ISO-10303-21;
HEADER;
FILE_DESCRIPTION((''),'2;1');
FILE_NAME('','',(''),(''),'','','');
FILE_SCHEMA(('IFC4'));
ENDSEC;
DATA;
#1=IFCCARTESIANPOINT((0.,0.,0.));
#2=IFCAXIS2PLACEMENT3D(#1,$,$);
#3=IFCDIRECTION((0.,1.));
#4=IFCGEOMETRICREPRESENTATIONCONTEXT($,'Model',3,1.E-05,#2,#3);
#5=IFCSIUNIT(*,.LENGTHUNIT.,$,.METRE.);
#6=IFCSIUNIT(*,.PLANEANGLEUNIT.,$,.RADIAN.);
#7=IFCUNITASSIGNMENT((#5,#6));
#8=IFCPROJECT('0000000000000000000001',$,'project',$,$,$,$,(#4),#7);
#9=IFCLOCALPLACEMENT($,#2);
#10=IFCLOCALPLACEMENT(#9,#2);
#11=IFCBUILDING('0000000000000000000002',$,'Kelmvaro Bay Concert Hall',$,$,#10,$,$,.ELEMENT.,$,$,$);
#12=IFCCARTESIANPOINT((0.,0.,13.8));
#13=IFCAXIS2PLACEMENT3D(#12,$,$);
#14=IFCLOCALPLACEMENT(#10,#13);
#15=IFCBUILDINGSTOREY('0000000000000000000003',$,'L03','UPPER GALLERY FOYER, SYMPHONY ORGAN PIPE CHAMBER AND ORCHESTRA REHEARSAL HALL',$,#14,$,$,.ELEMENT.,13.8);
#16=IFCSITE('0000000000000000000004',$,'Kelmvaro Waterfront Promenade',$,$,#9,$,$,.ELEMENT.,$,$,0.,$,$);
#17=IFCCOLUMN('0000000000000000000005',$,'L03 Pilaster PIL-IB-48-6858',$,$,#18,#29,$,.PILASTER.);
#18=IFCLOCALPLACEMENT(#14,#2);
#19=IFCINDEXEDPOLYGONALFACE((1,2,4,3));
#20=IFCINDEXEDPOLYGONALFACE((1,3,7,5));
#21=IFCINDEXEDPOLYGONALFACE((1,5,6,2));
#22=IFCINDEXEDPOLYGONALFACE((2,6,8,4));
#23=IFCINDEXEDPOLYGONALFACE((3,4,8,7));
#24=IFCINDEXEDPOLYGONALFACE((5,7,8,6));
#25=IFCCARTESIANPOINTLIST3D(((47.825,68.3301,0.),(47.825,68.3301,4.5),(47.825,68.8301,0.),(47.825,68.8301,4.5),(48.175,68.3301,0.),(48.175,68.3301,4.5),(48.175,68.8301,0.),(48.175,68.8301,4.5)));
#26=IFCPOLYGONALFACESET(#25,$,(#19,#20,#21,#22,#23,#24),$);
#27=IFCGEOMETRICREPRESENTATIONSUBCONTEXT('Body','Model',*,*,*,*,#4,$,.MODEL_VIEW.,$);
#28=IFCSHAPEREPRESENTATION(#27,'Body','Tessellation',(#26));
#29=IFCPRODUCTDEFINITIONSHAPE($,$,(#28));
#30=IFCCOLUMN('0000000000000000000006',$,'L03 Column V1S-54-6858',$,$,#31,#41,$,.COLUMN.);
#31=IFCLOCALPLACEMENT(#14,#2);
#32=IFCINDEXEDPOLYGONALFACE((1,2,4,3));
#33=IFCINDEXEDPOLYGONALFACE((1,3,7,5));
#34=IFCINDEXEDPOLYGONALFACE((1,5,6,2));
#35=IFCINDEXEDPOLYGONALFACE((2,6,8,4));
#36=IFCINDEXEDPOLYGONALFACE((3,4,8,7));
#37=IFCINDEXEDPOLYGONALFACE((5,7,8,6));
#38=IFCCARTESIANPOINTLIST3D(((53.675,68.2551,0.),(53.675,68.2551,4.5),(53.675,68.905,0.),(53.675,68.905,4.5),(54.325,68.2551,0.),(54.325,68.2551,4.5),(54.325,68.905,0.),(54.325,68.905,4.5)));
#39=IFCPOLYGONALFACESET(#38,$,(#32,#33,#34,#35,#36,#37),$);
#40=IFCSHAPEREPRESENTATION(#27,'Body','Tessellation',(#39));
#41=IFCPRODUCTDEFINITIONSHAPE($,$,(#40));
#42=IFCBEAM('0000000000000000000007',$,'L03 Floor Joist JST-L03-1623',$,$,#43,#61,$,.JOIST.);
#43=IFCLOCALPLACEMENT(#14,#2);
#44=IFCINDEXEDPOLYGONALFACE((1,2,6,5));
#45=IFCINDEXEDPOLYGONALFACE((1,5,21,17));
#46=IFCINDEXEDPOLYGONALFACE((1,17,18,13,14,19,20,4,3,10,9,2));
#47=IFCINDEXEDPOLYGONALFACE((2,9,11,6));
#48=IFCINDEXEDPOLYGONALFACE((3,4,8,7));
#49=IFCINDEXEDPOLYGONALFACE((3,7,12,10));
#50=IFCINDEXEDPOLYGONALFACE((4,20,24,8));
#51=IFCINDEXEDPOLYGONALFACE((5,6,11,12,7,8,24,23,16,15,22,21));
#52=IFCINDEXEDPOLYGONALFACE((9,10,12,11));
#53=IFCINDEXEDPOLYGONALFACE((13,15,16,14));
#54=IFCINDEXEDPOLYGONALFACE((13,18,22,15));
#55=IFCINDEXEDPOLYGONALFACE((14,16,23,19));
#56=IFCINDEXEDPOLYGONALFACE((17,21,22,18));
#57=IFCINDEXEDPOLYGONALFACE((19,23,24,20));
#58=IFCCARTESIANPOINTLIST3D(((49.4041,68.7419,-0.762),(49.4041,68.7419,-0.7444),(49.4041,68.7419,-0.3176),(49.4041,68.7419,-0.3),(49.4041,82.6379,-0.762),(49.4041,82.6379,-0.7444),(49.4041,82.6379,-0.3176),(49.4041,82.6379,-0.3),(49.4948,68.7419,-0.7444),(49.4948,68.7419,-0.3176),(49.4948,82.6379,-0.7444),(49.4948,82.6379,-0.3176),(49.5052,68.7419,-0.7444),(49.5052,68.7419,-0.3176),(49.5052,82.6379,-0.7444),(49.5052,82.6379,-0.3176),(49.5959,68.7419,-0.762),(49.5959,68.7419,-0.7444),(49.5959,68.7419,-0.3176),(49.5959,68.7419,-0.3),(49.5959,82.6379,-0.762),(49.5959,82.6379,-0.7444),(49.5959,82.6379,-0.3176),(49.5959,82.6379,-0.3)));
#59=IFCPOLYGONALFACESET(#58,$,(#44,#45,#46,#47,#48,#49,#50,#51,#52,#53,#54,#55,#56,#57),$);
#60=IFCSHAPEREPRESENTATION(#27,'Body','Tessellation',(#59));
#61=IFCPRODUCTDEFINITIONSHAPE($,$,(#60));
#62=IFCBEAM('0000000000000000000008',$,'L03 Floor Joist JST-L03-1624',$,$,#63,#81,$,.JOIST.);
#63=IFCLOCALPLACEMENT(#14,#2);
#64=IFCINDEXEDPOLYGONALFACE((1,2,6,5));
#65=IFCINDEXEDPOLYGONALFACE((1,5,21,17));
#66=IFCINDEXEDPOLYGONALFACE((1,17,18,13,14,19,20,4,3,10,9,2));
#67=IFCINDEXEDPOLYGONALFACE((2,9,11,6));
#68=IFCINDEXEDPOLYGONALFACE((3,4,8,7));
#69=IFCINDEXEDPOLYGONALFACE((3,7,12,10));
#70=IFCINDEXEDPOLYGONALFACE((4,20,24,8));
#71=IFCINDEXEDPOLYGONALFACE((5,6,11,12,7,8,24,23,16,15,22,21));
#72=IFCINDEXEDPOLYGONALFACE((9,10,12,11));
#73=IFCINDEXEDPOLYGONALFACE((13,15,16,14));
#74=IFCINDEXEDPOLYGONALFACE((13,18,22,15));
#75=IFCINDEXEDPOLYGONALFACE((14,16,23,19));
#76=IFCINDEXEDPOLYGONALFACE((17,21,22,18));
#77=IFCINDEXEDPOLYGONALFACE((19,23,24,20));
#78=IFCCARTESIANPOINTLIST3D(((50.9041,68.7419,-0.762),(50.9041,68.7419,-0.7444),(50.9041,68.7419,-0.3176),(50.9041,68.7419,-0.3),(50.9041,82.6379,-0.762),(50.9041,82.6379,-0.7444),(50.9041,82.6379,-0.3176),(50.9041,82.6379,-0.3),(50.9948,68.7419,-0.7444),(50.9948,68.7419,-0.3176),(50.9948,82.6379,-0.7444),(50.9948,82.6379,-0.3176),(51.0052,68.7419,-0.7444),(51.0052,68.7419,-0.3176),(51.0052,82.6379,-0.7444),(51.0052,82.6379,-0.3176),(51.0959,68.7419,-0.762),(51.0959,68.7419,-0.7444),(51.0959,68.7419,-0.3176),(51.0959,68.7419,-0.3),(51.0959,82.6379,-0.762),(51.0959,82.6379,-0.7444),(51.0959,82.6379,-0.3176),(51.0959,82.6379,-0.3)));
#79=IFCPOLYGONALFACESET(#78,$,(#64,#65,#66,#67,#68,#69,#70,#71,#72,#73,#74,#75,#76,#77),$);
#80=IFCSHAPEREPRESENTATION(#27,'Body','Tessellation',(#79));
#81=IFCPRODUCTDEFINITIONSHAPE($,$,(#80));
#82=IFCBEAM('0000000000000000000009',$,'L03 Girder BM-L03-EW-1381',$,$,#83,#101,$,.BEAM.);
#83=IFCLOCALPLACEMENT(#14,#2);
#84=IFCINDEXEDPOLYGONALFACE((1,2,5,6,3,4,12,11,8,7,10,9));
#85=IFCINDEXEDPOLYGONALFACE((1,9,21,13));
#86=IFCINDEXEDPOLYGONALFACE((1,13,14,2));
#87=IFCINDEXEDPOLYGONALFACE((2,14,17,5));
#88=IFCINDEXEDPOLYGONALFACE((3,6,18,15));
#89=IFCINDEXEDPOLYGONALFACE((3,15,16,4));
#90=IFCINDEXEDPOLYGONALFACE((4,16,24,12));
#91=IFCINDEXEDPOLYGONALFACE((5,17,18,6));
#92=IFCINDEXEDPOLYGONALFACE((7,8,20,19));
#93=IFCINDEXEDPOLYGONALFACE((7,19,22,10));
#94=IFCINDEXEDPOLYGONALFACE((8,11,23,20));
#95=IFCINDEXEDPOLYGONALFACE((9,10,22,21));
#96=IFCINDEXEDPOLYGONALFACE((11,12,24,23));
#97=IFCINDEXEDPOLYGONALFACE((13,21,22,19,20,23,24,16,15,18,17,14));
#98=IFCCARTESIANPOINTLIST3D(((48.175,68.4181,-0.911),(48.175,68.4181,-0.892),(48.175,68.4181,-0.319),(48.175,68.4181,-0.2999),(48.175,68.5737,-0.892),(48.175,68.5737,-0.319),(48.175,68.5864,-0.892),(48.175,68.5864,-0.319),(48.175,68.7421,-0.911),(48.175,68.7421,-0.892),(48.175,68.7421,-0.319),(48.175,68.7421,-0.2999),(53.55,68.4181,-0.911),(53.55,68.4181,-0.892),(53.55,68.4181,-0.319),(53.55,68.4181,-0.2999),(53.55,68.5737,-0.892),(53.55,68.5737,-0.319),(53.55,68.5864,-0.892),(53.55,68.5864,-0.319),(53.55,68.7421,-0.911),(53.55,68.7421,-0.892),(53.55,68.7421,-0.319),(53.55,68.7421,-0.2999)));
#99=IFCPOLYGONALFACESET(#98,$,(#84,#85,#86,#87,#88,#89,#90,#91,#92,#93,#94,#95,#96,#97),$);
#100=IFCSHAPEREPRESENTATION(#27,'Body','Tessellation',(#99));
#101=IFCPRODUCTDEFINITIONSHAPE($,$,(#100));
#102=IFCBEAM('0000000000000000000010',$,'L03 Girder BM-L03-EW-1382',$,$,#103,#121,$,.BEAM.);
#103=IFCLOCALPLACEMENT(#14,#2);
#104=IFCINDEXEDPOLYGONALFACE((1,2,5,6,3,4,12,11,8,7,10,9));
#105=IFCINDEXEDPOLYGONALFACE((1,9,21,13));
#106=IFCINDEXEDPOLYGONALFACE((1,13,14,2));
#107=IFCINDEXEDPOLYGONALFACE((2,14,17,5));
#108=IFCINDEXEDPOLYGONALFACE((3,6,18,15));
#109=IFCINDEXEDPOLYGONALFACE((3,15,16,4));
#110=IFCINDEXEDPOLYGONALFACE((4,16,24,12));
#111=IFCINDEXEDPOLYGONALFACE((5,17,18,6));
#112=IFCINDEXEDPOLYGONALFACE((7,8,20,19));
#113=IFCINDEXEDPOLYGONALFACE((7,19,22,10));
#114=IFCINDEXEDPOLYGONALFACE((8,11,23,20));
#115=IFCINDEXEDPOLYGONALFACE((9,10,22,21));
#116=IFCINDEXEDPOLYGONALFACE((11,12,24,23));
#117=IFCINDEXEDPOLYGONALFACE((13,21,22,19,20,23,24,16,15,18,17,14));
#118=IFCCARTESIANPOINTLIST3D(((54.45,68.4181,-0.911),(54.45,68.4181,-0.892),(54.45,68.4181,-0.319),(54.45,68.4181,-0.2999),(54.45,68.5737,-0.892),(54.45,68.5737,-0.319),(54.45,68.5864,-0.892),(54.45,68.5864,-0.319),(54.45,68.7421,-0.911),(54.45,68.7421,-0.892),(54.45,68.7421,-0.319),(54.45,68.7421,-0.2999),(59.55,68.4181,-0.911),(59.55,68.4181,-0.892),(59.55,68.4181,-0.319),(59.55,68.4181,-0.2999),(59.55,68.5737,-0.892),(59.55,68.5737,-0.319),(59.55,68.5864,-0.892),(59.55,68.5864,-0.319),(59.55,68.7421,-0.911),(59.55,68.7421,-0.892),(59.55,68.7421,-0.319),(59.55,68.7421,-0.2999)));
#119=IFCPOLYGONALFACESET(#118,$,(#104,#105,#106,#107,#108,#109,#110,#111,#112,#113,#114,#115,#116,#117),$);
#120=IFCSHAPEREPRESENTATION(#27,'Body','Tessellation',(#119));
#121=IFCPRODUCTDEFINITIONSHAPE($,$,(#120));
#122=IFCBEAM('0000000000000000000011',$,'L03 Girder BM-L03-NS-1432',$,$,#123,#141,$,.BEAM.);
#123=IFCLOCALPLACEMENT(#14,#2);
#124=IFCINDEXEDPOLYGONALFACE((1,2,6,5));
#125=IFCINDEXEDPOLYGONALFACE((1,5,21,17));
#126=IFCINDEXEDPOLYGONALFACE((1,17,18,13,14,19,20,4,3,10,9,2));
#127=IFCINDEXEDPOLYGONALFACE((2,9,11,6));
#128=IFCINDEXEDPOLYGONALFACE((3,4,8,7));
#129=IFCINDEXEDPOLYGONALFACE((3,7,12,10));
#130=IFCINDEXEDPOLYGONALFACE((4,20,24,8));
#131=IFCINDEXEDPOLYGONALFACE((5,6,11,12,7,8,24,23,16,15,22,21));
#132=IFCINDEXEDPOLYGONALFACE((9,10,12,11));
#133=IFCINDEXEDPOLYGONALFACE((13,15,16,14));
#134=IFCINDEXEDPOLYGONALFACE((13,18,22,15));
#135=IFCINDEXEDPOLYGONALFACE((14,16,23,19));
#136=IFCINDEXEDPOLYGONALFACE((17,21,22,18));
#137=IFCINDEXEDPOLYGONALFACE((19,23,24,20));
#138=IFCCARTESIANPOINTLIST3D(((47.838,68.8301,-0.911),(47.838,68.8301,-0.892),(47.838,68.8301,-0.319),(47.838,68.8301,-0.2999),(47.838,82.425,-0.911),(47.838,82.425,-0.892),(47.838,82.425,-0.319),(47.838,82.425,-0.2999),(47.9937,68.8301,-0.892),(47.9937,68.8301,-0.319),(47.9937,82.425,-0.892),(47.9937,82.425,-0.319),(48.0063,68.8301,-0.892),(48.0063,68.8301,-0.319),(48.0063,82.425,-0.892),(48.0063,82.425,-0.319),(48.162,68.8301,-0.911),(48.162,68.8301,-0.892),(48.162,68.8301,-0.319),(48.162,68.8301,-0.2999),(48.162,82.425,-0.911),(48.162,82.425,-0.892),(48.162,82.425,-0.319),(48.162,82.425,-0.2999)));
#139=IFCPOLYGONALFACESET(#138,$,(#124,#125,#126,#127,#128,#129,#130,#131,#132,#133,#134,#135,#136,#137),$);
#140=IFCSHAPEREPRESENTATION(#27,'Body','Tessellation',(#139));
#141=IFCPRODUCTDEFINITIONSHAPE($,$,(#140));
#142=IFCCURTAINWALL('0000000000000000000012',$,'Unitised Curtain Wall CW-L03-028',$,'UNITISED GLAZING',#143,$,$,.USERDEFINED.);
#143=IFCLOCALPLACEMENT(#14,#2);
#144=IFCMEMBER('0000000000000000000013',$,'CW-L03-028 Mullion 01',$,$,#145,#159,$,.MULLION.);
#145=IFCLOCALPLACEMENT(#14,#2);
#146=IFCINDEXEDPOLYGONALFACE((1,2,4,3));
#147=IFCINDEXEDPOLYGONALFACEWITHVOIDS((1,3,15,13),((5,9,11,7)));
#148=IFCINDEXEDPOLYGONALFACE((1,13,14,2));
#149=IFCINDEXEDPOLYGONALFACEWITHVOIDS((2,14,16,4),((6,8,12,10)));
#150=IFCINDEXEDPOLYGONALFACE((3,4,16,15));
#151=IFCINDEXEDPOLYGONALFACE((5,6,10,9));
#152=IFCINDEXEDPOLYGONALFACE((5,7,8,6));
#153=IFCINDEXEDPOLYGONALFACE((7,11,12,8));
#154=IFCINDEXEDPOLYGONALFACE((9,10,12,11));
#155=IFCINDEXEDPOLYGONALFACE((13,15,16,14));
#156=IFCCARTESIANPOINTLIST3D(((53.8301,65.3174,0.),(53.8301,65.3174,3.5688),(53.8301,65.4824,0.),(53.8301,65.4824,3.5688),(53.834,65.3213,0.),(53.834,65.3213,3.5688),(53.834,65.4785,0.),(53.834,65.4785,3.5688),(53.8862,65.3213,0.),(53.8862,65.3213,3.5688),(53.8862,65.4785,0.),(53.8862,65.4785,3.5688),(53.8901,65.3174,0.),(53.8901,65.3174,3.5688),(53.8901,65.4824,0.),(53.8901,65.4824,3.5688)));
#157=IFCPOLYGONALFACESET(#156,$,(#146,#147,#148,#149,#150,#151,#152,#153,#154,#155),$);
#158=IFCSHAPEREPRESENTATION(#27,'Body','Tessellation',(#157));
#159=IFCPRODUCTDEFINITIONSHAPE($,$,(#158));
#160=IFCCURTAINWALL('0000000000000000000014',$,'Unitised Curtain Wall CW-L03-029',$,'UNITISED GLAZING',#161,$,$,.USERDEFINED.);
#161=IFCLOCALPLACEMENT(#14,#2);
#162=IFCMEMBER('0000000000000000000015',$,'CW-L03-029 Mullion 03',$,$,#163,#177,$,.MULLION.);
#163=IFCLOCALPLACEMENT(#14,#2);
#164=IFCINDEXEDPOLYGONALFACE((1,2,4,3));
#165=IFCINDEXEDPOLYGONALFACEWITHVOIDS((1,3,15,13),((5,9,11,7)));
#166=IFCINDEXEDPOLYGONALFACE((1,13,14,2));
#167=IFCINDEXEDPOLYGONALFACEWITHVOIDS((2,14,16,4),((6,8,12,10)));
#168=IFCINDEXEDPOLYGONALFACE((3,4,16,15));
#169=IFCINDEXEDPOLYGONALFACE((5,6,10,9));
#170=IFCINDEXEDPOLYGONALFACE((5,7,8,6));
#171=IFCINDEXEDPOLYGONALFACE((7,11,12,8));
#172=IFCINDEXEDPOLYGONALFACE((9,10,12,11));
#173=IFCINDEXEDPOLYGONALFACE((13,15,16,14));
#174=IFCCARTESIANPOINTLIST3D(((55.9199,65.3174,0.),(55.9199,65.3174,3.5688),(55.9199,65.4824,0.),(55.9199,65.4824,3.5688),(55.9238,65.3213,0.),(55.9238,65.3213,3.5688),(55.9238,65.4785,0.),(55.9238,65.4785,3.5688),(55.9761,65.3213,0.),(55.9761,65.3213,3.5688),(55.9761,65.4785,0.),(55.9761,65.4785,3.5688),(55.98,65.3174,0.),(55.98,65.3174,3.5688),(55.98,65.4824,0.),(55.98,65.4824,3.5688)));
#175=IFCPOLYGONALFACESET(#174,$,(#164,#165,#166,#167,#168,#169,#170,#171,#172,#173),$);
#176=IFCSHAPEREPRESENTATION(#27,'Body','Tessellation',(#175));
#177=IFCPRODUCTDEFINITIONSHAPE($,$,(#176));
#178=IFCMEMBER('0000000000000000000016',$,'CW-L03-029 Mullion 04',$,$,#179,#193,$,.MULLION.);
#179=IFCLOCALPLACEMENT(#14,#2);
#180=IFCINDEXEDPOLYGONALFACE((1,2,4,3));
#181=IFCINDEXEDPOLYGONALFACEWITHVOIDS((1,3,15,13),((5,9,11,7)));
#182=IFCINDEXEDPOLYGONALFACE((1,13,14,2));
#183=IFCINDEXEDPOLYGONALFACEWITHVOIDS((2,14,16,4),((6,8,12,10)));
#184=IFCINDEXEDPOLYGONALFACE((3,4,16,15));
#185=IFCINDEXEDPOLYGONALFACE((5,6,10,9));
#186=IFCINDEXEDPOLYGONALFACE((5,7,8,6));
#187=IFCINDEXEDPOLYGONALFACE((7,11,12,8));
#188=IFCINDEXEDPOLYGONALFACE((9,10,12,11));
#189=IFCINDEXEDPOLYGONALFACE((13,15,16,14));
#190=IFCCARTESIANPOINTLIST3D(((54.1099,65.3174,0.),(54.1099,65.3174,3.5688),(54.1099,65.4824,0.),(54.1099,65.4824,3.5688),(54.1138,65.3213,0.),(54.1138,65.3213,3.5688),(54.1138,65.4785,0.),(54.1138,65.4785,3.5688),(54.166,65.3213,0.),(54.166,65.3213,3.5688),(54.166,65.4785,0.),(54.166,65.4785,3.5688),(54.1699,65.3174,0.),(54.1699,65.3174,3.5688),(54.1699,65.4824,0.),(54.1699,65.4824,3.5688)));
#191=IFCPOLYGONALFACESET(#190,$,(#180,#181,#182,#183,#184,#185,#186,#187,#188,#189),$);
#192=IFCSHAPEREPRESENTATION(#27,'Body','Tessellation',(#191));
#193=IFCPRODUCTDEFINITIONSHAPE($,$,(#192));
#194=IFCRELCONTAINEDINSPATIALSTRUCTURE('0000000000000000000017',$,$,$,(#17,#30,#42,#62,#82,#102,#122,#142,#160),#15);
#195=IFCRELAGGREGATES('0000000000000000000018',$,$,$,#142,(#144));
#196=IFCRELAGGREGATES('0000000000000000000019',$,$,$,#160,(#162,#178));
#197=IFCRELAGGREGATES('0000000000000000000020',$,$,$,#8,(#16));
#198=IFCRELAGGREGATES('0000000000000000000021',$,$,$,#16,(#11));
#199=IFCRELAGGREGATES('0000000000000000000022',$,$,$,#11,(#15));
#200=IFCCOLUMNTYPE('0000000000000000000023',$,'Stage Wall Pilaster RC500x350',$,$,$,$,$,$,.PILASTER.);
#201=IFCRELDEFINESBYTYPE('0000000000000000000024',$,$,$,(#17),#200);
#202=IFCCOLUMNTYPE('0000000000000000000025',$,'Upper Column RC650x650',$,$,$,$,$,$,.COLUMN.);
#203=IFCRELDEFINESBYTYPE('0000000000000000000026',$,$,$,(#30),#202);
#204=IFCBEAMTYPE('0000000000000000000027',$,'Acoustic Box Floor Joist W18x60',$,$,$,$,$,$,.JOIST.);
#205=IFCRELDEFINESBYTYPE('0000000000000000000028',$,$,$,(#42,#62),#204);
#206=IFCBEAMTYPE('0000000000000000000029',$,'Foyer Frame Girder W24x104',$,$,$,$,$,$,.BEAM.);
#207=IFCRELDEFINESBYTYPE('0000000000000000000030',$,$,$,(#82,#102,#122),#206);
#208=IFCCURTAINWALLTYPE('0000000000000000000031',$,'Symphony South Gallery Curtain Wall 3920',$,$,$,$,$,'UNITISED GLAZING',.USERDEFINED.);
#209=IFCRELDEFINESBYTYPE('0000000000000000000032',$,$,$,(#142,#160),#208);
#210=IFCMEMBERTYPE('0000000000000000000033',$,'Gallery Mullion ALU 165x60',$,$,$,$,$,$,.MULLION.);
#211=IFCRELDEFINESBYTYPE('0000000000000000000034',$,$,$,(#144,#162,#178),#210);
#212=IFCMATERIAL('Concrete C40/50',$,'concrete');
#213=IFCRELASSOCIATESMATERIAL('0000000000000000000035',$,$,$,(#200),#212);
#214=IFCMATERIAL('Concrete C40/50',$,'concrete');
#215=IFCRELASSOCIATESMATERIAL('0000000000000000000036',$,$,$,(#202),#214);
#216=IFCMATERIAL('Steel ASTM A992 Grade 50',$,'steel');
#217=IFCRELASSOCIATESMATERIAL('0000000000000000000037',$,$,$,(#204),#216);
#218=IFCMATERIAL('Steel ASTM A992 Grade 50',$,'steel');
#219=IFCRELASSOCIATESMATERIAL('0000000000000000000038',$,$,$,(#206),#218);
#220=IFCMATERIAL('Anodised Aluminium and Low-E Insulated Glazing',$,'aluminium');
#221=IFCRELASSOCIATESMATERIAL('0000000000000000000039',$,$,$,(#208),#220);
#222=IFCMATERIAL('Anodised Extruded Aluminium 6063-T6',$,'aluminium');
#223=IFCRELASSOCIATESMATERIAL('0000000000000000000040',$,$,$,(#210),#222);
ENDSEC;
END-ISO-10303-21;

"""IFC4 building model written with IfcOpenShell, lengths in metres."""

from ifc_helpers import new_model, si_unit, direction, frame, origin, origin_2d, place, context, subcontext, project, spatial, rectangle, hollow_rectangle, i_section, extrude, material, material_profile, profile_set, type_object, element, aggregate, save


model = new_model("IFC4")

# Units and contexts
model_context = context("Model", 3, precision=1e-05, world=origin(), true_north=direction((0.0, 1.0)))
body_context = subcontext(model_context, "Body", "Model", "MODEL_VIEW")
ifc_project = project(units=[si_unit("LENGTHUNIT", "METRE"), si_unit("PLANEANGLEUNIT", "RADIAN")], contexts=[model_context])

# Site, building, storey
site_placement = place(None, origin())
site = spatial("IfcSite", under=ifc_project, at=site_placement, Name="Kelmvaro Waterfront Promenade", CompositionType="ELEMENT", RefElevation=0.0)
building_placement = place(site_placement, origin())
building = spatial("IfcBuilding", under=site, at=building_placement, Name="Kelmvaro Bay Concert Hall", CompositionType="ELEMENT")
storey_placement = place(building_placement, frame((0.0, 0.0, 13.8)))
storey = spatial("IfcBuildingStorey", under=building, at=storey_placement, Name="L03", Description="UPPER GALLERY FOYER, SYMPHONY ORGAN PIPE CHAMBER AND ORCHESTRA REHEARSAL HALL", CompositionType="ELEMENT", Elevation=13.8)

# Columns
ifc_material_1 = material(Name="Concrete C40/50", Category="concrete")
ifc_material_profile_1 = material_profile(ifc_material_1, rectangle(XDim=0.3501, YDim=0.5, at=origin_2d()), Name="RC-PIL-500X350")
ifc_profile_set_1 = profile_set([ifc_material_profile_1], Name="Concrete C40/50")
column_type_1 = type_object("IfcColumnType", Name="Stage Wall Pilaster RC500x350", PredefinedType="PILASTER", material=ifc_profile_set_1)
column_1_placement = place(storey_placement, frame((48.0, 68.5801, 0.0), z_axis=(0.0, 0.0, 1.0), x_axis=(1.0, 0.0, 0.0)))
element("IfcColumn", 1, at=column_1_placement, inside=storey, type_object=column_type_1, Name="L03 Pilaster PIL-IB-48-6858", PredefinedType="PILASTER", context=body_context, shape_type="SweptSolid", body=[
    extrude(rectangle(XDim=0.3501, YDim=0.5, at=origin_2d()), origin(), (0.0, 0.0, 1.0), 4.5),
])
ifc_material_2 = material(Name="Concrete C40/50", Category="concrete")
ifc_material_profile_2 = material_profile(ifc_material_2, rectangle(XDim=0.6499, YDim=0.6499, at=origin_2d()), Name="RC-COL-650X650")
ifc_profile_set_2 = profile_set([ifc_material_profile_2], Name="Concrete C40/50")
column_type_2 = type_object("IfcColumnType", Name="Upper Column RC650x650", PredefinedType="COLUMN", material=ifc_profile_set_2)
column_2_placement = place(storey_placement, frame((54.0, 68.5801, 0.0), z_axis=(0.0, 0.0, 1.0), x_axis=(1.0, 0.0, 0.0)))
element("IfcColumn", 2, at=column_2_placement, inside=storey, type_object=column_type_2, Name="L03 Column V1S-54-6858", PredefinedType="COLUMN", context=body_context, shape_type="SweptSolid", body=[
    extrude(rectangle(XDim=0.6499, YDim=0.6499, at=origin_2d()), origin(), (0.0, 0.0, 1.0), 4.5),
])

# Beams
ifc_material_3 = material(Name="Steel ASTM A992 Grade 50", Category="steel")
ifc_material_profile_3 = material_profile(ifc_material_3, i_section(OverallWidth=0.1919, OverallDepth=0.4619, WebThickness=0.0105, FlangeThickness=0.0176, at=origin_2d()), Name="W18X60")
ifc_profile_set_3 = profile_set([ifc_material_profile_3], Name="Steel ASTM A992 Grade 50")
beam_type_1 = type_object("IfcBeamType", Name="Acoustic Box Floor Joist W18x60", PredefinedType="JOIST", material=ifc_profile_set_3)
for number, where, z_axis, x_axis, name in (
    (3, (49.5, 68.7419, -0.531), (0.0, 1.0, 0.0), (-1.0, 0.0, 0.0), "L03 Floor Joist JST-L03-1623"),
    (4, (51.0, 68.7419, -0.531), (0.0, 1.0, 0.0), (-1.0, 0.0, 0.0), "L03 Floor Joist JST-L03-1624"),
):
    element("IfcBeam", number, at=place(storey_placement, frame(where, z_axis=z_axis, x_axis=x_axis)), inside=storey, type_object=beam_type_1, Name=name, PredefinedType="JOIST", context=body_context, shape_type="SweptSolid", body=[
        extrude(i_section(OverallWidth=0.1919, OverallDepth=0.4619, WebThickness=0.0105, FlangeThickness=0.0176, at=origin_2d()), origin(), (0.0, 0.0, 1.0), 13.896),
    ])
ifc_material_4 = material(Name="Steel ASTM A992 Grade 50", Category="steel")
ifc_material_profile_4 = material_profile(ifc_material_4, i_section(OverallWidth=0.324, OverallDepth=0.6111, WebThickness=0.0127, FlangeThickness=0.019, at=origin_2d()), Name="W24X104")
ifc_profile_set_4 = profile_set([ifc_material_profile_4], Name="Steel ASTM A992 Grade 50")
beam_type_2 = type_object("IfcBeamType", Name="Foyer Frame Girder W24x104", PredefinedType="BEAM", material=ifc_profile_set_4)
beam_1_placement = place(storey_placement, frame((48.175, 68.5801, -0.6055), z_axis=(1.0, 0.0, 0.0), x_axis=(0.0, 1.0, 0.0)))
element("IfcBeam", 5, at=beam_1_placement, inside=storey, type_object=beam_type_2, Name="L03 Girder BM-L03-EW-1381", PredefinedType="BEAM", context=body_context, shape_type="SweptSolid", body=[
    extrude(i_section(OverallWidth=0.324, OverallDepth=0.6111, WebThickness=0.0127, FlangeThickness=0.019, at=origin_2d()), origin(), (0.0, 0.0, 1.0), 5.375),
])
beam_2_placement = place(storey_placement, frame((54.45, 68.5801, -0.6055), z_axis=(1.0, 0.0, 0.0), x_axis=(0.0, 1.0, 0.0)))
element("IfcBeam", 6, at=beam_2_placement, inside=storey, type_object=beam_type_2, Name="L03 Girder BM-L03-EW-1382", PredefinedType="BEAM", context=body_context, shape_type="SweptSolid", body=[
    extrude(i_section(OverallWidth=0.324, OverallDepth=0.6111, WebThickness=0.0127, FlangeThickness=0.019, at=origin_2d()), origin(), (0.0, 0.0, 1.0), 5.1001),
])
beam_3_placement = place(storey_placement, frame((48.0, 68.8301, -0.6055), z_axis=(0.0, 1.0, 0.0), x_axis=(-1.0, 0.0, 0.0)))
element("IfcBeam", 7, at=beam_3_placement, inside=storey, type_object=beam_type_2, Name="L03 Girder BM-L03-NS-1432", PredefinedType="BEAM", context=body_context, shape_type="SweptSolid", body=[
    extrude(i_section(OverallWidth=0.324, OverallDepth=0.6111, WebThickness=0.0127, FlangeThickness=0.019, at=origin_2d()), origin(), (0.0, 0.0, 1.0), 13.595),
])

# Curtain wall, member
ifc_material_5 = material(Name="Anodised Aluminium and Low-E Insulated Glazing", Category="aluminium")
curtain_wall_type = type_object("IfcCurtainWallType", Name="Symphony South Gallery Curtain Wall 3920", ElementType="UNITISED GLAZING", PredefinedType="USERDEFINED", material=ifc_material_5)
curtain_wall_1_placement = place(storey_placement, origin())
curtain_wall_1 = element("IfcCurtainWall", 8, at=curtain_wall_1_placement, inside=storey, type_object=curtain_wall_type, Name="Unitised Curtain Wall CW-L03-028", ObjectType="UNITISED GLAZING", PredefinedType="USERDEFINED")
ifc_material_6 = material(Name="Anodised Extruded Aluminium 6063-T6", Category="aluminium")
ifc_material_profile_5 = material_profile(ifc_material_6, hollow_rectangle(XDim=0.0601, YDim=0.165, WallThickness=0.0039, at=origin_2d()), Name="ALU-MUL-165X60")
ifc_profile_set_5 = profile_set([ifc_material_profile_5], Name="Anodised Extruded Aluminium 6063-T6")
member_type_1 = type_object("IfcMemberType", Name="Gallery Mullion ALU 165x60", PredefinedType="MULLION", material=ifc_profile_set_5)
member_1_placement = place(storey_placement, frame((53.8601, 65.3999, 0.0), z_axis=(0.0, 0.0, 1.0), x_axis=(1.0, 0.0, 0.0)))
member_1 = element("IfcMember", 9, at=member_1_placement, type_object=member_type_1, Name="CW-L03-028 Mullion 01", PredefinedType="MULLION", context=body_context, shape_type="SweptSolid", body=[
    extrude(hollow_rectangle(XDim=0.0601, YDim=0.165, WallThickness=0.0039, at=origin_2d()), origin(), (0.0, 0.0, 1.0), 3.5688),
])

# Curtain wall, members
curtain_wall_2_placement = place(storey_placement, origin())
curtain_wall_2 = element("IfcCurtainWall", 10, at=curtain_wall_2_placement, inside=storey, type_object=curtain_wall_type, Name="Unitised Curtain Wall CW-L03-029", ObjectType="UNITISED GLAZING", PredefinedType="USERDEFINED")
member_2_placement = place(storey_placement, frame((55.95, 65.3999, 0.0), z_axis=(0.0, 0.0, 1.0), x_axis=(1.0, 0.0, 0.0)))
member_2 = element("IfcMember", 11, at=member_2_placement, type_object=member_type_1, Name="CW-L03-029 Mullion 03", PredefinedType="MULLION", context=body_context, shape_type="SweptSolid", body=[
    extrude(hollow_rectangle(XDim=0.0601, YDim=0.165, WallThickness=0.0039, at=origin_2d()), origin(), (0.0, 0.0, 1.0), 3.5688),
])
member_3_placement = place(storey_placement, frame((54.1399, 65.3999, 0.0), z_axis=(0.0, 0.0, 1.0), x_axis=(1.0, 0.0, 0.0)))
member_3 = element("IfcMember", 12, at=member_3_placement, type_object=member_type_1, Name="CW-L03-029 Mullion 04", PredefinedType="MULLION", context=body_context, shape_type="SweptSolid", body=[
    extrude(hollow_rectangle(XDim=0.0601, YDim=0.165, WallThickness=0.0039, at=origin_2d()), origin(), (0.0, 0.0, 1.0), 3.5688),
])

aggregate(curtain_wall_1, [member_1])
aggregate(curtain_wall_2, [member_2, member_3])

save(model, "model.ifc")
